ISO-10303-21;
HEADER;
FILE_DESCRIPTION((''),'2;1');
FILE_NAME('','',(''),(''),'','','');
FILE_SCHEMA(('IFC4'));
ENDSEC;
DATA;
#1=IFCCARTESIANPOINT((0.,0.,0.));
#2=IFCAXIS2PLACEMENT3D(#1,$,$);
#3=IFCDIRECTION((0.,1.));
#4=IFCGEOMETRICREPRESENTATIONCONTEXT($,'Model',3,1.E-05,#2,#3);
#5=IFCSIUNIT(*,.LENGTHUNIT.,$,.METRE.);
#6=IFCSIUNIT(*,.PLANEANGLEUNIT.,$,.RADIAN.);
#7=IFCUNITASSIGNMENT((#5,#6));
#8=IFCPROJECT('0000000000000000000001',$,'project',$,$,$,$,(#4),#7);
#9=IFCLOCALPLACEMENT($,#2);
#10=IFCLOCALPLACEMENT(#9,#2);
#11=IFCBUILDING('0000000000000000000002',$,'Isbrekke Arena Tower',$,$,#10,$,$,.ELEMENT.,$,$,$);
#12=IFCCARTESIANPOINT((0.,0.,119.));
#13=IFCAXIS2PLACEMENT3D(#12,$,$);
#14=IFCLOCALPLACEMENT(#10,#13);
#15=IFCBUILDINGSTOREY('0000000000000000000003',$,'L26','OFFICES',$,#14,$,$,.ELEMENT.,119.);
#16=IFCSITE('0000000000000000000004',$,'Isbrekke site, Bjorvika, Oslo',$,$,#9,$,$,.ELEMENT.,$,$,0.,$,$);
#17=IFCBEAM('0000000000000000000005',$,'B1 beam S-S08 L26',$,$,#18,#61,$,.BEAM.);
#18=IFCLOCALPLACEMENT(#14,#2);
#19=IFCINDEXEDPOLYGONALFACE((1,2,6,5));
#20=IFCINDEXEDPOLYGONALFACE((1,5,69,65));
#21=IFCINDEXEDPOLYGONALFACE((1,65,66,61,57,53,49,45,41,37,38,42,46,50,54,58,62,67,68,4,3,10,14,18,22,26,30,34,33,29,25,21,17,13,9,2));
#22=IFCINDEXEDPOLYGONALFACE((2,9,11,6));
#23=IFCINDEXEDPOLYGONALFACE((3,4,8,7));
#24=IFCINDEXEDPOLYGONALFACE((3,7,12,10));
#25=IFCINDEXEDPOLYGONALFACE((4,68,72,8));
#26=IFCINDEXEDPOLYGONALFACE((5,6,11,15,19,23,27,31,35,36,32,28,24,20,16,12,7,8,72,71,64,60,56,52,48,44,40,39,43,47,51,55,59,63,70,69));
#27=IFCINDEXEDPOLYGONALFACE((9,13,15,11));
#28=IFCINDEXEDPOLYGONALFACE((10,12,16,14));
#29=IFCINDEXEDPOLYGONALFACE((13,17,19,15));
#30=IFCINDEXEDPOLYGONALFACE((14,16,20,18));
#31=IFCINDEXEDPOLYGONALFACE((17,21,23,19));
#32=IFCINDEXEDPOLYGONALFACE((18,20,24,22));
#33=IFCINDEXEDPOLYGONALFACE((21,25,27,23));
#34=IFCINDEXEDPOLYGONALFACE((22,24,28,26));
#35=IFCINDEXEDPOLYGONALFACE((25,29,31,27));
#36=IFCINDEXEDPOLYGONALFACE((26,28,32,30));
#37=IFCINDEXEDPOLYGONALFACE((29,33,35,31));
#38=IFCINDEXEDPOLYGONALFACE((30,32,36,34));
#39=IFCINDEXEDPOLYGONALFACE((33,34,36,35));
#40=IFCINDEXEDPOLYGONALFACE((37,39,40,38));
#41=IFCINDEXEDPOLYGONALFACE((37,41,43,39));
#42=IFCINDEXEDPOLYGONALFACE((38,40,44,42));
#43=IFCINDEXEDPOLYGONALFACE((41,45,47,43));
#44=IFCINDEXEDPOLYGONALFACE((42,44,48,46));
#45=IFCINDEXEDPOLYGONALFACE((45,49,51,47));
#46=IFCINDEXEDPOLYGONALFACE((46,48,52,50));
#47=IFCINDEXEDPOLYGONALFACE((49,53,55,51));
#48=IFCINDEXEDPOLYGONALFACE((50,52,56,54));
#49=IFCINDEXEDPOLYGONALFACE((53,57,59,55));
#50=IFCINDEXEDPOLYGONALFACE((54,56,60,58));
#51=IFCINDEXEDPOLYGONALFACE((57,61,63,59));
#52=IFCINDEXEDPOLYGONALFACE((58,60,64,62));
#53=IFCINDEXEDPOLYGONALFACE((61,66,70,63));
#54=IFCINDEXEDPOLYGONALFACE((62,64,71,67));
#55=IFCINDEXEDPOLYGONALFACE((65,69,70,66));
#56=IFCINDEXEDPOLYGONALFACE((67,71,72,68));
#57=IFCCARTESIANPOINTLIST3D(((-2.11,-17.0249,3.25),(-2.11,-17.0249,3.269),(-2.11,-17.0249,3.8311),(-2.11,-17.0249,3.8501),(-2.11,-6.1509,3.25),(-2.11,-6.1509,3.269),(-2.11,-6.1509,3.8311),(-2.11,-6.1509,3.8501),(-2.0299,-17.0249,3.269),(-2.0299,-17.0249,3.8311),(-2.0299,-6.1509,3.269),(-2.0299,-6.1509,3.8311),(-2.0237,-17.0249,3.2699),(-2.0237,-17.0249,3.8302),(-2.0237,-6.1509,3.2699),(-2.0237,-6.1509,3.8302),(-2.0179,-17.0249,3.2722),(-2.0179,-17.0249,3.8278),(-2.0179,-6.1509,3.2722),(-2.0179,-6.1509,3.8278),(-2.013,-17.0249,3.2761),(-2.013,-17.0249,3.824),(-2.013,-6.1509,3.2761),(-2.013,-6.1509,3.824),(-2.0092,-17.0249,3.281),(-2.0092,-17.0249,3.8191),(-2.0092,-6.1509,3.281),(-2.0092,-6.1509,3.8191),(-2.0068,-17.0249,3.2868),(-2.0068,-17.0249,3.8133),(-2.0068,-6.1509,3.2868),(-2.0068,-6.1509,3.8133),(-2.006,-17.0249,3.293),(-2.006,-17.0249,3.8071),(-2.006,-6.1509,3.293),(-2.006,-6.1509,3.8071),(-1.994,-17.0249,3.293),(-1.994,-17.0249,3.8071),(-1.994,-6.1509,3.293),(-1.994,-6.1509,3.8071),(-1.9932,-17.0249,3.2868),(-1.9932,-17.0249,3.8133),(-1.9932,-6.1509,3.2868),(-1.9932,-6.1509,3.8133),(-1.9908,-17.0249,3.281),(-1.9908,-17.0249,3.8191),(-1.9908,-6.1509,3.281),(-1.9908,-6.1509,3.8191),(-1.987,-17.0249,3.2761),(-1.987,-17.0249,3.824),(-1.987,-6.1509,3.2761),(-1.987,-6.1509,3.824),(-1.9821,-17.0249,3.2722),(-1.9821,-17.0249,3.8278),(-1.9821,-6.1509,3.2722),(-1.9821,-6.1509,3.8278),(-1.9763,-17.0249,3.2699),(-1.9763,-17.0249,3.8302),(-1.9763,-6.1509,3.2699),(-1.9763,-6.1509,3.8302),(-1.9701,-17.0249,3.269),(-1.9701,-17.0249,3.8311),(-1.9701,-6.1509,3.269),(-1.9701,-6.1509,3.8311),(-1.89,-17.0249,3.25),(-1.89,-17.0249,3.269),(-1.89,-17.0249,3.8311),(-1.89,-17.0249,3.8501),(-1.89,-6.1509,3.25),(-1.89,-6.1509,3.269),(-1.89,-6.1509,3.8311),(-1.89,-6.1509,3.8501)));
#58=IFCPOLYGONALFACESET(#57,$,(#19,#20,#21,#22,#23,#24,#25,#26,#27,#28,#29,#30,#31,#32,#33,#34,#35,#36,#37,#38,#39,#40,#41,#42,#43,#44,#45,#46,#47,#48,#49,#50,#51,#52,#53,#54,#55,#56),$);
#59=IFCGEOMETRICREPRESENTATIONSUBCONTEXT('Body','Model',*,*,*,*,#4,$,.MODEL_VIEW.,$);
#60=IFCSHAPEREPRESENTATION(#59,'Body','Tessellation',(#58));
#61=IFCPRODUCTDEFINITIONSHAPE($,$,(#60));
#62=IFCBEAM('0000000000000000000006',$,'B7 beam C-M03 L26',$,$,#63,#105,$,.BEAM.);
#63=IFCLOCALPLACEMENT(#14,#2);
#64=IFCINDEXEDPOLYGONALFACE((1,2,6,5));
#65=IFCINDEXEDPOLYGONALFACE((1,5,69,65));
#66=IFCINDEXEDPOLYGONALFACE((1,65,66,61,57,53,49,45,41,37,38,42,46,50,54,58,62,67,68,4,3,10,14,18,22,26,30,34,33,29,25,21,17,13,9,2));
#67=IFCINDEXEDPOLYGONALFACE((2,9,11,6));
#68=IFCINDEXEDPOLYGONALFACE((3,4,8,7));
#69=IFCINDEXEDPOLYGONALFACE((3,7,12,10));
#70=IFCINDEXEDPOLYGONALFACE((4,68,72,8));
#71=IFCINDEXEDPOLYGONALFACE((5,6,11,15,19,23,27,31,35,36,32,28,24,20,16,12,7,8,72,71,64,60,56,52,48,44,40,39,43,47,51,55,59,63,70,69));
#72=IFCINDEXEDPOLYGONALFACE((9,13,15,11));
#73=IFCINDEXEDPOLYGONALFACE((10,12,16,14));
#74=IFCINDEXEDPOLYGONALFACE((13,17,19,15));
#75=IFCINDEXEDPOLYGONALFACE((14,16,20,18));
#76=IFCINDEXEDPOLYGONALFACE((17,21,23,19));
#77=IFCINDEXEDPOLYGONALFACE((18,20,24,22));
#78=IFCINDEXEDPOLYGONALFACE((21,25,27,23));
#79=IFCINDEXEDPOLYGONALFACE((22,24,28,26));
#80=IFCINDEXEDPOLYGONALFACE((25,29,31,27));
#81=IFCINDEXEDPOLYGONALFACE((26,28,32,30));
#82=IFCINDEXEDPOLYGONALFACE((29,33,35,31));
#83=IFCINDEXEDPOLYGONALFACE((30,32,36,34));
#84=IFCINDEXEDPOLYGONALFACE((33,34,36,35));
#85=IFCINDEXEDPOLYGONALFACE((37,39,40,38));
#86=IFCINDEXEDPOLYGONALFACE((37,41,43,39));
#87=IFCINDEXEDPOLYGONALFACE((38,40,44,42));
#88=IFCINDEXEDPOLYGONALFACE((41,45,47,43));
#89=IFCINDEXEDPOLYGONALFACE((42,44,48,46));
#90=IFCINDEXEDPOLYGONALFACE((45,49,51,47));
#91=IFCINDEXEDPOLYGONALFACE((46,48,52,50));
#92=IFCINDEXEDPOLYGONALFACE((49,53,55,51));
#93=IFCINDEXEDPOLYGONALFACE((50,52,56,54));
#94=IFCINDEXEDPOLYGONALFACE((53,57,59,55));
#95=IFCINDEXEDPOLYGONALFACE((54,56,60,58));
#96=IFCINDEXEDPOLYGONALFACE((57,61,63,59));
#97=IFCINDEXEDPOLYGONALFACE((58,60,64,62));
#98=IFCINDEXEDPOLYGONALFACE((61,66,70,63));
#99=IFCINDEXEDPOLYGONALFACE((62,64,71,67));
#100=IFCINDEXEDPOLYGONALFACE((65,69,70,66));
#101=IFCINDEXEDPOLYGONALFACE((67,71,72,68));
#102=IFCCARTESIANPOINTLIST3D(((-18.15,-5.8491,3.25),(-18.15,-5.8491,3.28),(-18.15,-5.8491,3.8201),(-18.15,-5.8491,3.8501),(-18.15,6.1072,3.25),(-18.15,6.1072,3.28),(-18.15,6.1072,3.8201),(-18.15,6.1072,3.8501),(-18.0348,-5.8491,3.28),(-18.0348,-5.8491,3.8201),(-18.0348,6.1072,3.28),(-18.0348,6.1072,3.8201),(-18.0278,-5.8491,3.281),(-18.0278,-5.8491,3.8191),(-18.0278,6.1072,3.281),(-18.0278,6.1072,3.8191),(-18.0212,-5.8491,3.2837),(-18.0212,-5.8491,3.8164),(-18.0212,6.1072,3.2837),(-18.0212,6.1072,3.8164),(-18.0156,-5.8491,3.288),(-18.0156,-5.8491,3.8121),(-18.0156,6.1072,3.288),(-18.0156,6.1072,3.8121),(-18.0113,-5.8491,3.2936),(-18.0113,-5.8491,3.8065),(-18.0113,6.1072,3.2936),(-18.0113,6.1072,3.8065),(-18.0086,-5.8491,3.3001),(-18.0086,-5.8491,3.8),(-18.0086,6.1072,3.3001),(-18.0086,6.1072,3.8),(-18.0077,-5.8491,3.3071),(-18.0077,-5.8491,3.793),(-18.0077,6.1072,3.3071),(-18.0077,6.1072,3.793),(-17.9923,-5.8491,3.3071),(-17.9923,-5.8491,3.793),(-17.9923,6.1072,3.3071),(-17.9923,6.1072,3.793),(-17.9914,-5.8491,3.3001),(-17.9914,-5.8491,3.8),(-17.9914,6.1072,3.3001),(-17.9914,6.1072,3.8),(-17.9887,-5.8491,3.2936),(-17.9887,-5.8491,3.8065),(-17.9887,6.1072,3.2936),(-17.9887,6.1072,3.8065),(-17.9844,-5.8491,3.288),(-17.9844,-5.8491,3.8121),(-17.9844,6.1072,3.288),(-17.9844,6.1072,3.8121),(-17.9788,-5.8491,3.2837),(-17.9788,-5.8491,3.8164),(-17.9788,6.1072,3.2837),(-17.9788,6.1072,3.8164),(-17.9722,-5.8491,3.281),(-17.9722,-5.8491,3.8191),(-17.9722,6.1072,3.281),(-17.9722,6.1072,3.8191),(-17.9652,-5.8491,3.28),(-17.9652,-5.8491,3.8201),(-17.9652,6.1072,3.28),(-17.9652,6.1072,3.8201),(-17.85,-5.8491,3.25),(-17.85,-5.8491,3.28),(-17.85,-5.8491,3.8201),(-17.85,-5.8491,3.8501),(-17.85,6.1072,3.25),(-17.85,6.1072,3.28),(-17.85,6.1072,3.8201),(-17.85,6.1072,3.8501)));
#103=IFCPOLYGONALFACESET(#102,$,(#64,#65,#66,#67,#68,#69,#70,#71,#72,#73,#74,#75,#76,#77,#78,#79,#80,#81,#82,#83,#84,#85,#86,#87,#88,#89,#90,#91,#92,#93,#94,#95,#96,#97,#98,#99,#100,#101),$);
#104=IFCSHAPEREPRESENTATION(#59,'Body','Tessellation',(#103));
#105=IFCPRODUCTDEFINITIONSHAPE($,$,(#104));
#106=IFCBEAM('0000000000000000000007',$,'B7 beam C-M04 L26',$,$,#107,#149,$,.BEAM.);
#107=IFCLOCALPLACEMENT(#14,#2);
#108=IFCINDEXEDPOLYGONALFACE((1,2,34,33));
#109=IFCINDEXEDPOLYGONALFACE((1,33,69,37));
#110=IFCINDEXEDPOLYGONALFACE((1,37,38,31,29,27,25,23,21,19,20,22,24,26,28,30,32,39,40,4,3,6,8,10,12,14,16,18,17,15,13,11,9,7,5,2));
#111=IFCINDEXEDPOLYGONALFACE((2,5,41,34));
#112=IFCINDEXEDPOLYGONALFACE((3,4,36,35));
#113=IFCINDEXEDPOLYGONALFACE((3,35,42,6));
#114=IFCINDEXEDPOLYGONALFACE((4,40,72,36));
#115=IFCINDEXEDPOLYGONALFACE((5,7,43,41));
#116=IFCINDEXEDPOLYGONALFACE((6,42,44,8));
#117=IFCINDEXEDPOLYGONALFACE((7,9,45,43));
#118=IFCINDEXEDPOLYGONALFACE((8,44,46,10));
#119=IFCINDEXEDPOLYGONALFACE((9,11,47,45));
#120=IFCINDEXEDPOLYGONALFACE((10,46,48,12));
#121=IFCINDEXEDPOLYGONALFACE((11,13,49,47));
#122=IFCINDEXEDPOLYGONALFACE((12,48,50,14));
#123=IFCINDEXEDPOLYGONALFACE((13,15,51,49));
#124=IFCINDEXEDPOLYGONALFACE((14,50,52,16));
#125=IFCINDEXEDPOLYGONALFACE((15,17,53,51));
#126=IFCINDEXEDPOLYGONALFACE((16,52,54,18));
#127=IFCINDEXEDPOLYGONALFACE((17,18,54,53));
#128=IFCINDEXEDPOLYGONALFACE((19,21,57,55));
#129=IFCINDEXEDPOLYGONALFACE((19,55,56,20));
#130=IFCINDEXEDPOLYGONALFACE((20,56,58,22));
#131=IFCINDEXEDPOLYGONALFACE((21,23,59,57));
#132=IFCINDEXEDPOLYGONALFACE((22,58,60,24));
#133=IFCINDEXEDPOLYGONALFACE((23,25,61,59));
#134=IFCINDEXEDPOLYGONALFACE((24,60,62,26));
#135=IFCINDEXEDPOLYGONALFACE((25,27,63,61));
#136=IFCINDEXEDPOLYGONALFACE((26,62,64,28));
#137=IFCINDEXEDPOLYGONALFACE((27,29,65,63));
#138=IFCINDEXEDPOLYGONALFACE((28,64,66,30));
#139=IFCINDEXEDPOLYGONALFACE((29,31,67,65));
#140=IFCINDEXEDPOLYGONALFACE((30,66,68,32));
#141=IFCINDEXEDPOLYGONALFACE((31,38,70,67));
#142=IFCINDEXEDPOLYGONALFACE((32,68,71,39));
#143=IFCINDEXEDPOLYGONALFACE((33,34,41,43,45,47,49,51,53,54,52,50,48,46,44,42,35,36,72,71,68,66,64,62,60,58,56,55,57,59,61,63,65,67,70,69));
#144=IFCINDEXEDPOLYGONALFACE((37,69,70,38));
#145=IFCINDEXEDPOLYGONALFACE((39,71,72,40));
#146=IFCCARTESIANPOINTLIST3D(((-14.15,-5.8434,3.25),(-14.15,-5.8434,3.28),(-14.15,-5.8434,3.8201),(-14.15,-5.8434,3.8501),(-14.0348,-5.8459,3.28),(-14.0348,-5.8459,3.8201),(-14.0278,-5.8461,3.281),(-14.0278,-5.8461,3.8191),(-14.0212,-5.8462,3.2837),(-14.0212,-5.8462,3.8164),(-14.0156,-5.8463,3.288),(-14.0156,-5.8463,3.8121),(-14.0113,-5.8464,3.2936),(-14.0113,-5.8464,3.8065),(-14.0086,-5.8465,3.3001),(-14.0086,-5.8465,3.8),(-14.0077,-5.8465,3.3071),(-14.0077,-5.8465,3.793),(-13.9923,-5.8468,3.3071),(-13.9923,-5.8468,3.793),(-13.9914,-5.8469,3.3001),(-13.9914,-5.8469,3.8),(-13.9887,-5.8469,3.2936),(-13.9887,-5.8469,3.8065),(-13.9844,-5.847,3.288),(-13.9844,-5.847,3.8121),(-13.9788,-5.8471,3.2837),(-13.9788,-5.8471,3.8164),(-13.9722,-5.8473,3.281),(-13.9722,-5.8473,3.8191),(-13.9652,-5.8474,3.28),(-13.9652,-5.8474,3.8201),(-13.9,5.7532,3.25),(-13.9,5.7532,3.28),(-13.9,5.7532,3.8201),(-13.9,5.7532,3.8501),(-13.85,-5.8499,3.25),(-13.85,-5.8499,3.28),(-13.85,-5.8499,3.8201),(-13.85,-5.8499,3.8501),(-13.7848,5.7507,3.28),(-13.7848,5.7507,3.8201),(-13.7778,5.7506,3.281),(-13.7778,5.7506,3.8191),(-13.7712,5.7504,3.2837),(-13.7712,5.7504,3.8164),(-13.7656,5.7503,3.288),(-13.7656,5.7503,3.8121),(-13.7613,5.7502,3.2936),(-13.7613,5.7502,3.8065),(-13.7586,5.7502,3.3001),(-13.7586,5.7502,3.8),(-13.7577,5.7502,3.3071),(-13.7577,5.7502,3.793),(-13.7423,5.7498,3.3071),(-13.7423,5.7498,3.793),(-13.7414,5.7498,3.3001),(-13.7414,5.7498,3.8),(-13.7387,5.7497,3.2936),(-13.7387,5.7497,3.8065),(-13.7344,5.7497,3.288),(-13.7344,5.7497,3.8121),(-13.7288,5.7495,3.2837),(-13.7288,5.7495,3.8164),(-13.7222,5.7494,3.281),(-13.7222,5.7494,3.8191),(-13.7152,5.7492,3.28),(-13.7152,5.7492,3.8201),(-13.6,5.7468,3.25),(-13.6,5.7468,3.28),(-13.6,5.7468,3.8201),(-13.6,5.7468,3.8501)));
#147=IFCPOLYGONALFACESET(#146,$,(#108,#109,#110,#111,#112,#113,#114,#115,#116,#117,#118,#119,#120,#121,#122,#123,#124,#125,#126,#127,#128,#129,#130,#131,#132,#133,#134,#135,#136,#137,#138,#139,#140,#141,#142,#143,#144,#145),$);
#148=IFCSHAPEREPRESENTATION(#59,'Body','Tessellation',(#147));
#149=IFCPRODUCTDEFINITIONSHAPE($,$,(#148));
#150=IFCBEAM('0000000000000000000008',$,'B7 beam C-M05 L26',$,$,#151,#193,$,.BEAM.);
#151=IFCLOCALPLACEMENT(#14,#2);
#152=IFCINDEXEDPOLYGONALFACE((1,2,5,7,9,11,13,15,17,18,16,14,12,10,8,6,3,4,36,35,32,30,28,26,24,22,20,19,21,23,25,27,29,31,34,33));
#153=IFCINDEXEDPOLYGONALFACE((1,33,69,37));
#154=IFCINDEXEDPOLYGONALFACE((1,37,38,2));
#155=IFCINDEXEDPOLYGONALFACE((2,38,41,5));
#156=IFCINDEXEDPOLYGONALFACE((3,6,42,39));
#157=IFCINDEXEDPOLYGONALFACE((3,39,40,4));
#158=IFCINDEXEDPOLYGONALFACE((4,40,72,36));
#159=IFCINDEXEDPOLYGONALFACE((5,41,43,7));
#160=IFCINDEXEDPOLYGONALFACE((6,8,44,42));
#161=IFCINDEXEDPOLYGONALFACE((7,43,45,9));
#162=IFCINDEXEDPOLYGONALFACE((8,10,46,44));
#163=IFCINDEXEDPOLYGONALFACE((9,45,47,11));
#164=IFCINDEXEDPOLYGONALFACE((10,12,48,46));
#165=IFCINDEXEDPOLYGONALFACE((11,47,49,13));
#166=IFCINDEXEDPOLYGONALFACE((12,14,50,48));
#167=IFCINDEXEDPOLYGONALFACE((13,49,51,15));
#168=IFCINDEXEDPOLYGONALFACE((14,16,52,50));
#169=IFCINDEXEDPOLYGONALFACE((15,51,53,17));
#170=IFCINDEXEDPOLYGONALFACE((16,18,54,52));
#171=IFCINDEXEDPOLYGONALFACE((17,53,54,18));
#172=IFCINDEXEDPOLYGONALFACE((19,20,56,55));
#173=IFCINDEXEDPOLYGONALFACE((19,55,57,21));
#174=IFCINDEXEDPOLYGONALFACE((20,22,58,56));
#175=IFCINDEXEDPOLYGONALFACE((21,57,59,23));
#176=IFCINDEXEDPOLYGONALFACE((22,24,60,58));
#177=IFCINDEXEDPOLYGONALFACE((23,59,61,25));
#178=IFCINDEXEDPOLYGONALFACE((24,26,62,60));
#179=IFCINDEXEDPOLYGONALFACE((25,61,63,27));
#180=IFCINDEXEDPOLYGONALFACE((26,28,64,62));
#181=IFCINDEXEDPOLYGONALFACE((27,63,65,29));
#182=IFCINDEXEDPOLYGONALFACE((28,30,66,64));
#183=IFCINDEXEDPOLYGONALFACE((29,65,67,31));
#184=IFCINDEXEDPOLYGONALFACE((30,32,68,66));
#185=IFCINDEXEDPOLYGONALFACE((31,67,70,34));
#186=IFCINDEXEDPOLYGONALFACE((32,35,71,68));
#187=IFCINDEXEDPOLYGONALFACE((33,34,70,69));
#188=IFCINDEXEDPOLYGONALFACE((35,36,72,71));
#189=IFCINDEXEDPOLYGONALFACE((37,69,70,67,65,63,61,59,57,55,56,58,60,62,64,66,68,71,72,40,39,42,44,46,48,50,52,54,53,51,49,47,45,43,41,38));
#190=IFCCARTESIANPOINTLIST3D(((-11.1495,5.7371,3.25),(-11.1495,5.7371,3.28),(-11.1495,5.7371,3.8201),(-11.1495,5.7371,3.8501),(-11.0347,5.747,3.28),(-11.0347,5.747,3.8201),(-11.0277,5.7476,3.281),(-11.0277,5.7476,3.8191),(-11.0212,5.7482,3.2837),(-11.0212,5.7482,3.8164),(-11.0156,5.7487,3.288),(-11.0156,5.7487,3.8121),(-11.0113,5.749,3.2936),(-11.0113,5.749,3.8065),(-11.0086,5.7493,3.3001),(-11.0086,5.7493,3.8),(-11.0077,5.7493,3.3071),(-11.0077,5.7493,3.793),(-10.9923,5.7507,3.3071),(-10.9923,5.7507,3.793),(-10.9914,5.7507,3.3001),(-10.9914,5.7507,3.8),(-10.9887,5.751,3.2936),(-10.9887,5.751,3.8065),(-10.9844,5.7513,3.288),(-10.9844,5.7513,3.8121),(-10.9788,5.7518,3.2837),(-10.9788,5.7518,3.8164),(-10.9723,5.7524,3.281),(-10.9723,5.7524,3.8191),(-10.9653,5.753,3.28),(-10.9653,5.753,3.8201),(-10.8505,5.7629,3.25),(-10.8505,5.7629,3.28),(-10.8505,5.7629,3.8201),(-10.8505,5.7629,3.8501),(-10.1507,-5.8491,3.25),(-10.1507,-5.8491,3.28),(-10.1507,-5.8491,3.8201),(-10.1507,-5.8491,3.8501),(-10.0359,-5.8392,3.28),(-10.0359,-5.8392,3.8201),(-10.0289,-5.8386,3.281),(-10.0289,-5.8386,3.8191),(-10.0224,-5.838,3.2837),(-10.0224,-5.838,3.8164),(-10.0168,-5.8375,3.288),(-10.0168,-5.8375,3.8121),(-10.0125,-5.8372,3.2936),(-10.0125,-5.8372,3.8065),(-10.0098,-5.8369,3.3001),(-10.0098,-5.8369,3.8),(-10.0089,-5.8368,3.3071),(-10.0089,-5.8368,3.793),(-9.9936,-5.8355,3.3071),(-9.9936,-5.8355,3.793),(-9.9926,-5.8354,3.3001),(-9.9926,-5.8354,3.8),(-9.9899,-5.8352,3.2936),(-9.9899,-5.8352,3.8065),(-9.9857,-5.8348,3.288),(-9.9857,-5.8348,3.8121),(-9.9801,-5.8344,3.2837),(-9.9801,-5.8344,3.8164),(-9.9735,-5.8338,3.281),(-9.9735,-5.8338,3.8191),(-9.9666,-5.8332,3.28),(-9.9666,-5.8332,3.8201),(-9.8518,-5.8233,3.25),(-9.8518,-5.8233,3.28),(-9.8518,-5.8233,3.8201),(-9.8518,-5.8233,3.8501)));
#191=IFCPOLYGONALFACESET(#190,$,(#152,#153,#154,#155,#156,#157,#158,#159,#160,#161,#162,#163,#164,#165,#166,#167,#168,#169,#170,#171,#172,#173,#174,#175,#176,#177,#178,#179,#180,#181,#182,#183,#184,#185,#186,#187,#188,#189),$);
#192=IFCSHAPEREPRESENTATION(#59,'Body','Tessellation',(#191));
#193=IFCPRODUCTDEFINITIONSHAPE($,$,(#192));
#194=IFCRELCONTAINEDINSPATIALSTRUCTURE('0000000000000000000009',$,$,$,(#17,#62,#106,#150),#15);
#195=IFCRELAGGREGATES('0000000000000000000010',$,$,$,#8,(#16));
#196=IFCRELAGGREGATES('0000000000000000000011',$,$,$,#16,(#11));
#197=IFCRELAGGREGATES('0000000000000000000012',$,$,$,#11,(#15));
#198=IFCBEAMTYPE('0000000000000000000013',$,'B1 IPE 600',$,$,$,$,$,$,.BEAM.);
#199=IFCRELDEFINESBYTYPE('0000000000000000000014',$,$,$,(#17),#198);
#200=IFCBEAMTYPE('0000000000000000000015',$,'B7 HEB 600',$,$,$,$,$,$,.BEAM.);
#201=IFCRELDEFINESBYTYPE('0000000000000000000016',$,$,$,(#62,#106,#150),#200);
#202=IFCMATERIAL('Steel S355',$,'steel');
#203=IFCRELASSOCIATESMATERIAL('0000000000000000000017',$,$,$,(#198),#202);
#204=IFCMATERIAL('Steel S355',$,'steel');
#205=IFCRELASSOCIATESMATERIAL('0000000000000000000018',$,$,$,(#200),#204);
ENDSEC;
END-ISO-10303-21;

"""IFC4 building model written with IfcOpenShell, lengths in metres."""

from ifc_helpers import new_model, si_unit, direction, frame, origin, origin_2d, place, context, subcontext, project, spatial, i_section, extrude, material, material_profile, profile_set, type_object, element, save


model = new_model("IFC4")

# Units and contexts
model_context = context("Model", 3, precision=1e-05, world=origin(), true_north=direction((0.0, 1.0)))
body_context = subcontext(model_context, "Body", "Model", "MODEL_VIEW")
ifc_project = project(units=[si_unit("LENGTHUNIT", "METRE"), si_unit("PLANEANGLEUNIT", "RADIAN")], contexts=[model_context])

# Site, building, storey
site_placement = place(None, origin())
site = spatial("IfcSite", under=ifc_project, at=site_placement, Name="Isbrekke site, Bjorvika, Oslo", CompositionType="ELEMENT", RefElevation=0.0)
building_placement = place(site_placement, origin())
building = spatial("IfcBuilding", under=site, at=building_placement, Name="Isbrekke Arena Tower", CompositionType="ELEMENT")
storey_placement = place(building_placement, frame((0.0, 0.0, 119.0)))
storey = spatial("IfcBuildingStorey", under=building, at=storey_placement, Name="L26", Description="OFFICES", CompositionType="ELEMENT", Elevation=119.0)

# Beams
ifc_material_1 = material(Name="Steel S355", Category="steel")
ifc_material_profile_1 = material_profile(ifc_material_1, i_section(OverallWidth=0.22, OverallDepth=0.6001, WebThickness=0.012, FlangeThickness=0.019, FilletRadius=0.0239, at=origin_2d()), Name="IPE 600")
ifc_profile_set_1 = profile_set([ifc_material_profile_1], Name="Steel S355")
beam_type_1 = type_object("IfcBeamType", Name="B1 IPE 600", PredefinedType="BEAM", material=ifc_profile_set_1)
for number, where, z_axis, x_axis, name in (
    (1, (-2.0, -17.0249, 3.55), (0.0, 1.0, 0.0), (-1.0, 0.0, 0.0), "B1 beam S-S08 L26"),
):
    element("IfcBeam", number, at=place(storey_placement, frame(where, z_axis=z_axis, x_axis=x_axis)), inside=storey, type_object=beam_type_1, Name=name, PredefinedType="BEAM", context=body_context, shape_type="SweptSolid", body=[
        extrude(i_section(OverallWidth=0.22, OverallDepth=0.6001, WebThickness=0.012, FlangeThickness=0.019, FilletRadius=0.0239, at=origin_2d()), origin(), (0.0, 0.0, 1.0), 10.874),
    ])
ifc_material_2 = material(Name="Steel S355", Category="steel")
ifc_material_profile_2 = material_profile(ifc_material_2, i_section(OverallWidth=0.3, OverallDepth=0.6001, WebThickness=0.0154, FlangeThickness=0.03, FilletRadius=0.0271, at=origin_2d()), Name="HEB 600")
ifc_profile_set_2 = profile_set([ifc_material_profile_2], Name="Steel S355")
beam_type_2 = type_object("IfcBeamType", Name="B7 HEB 600", PredefinedType="BEAM", material=ifc_profile_set_2)
beam_1_placement = place(storey_placement, frame((-18.0, -5.8491, 3.55), z_axis=(0.0, 1.0, 0.0), x_axis=(-1.0, 0.0, 0.0)))
element("IfcBeam", 2, at=beam_1_placement, inside=storey, type_object=beam_type_2, Name="B7 beam C-M03 L26", PredefinedType="BEAM", context=body_context, shape_type="SweptSolid", body=[
    extrude(i_section(OverallWidth=0.3, OverallDepth=0.6001, WebThickness=0.0154, FlangeThickness=0.03, FilletRadius=0.0271, at=origin_2d()), origin(), (0.0, 0.0, 1.0), 11.9563),
])
beam_2_placement = place(storey_placement, frame((-14.0, -5.8467, 3.55), z_axis=(0.021553, 0.999768, 0.0), x_axis=(-0.999768, 0.021553, 0.0)))
element("IfcBeam", 3, at=beam_2_placement, inside=storey, type_object=beam_type_2, Name="B7 beam C-M04 L26", PredefinedType="BEAM", context=body_context, shape_type="SweptSolid", body=[
    extrude(i_section(OverallWidth=0.3, OverallDepth=0.6001, WebThickness=0.0154, FlangeThickness=0.03, FilletRadius=0.0271, at=origin_2d()), origin(), (0.0, 0.0, 1.0), 11.5994),
])
beam_3_placement = place(storey_placement, frame((-10.0012, -5.8362, 3.55), z_axis=(-0.085886, 0.996305, 0.0), x_axis=(-0.996305, -0.085886, 0.0)))
element("IfcBeam", 4, at=beam_3_placement, inside=storey, type_object=beam_type_2, Name="B7 beam C-M05 L26", PredefinedType="BEAM", context=body_context, shape_type="SweptSolid", body=[
    extrude(i_section(OverallWidth=0.3, OverallDepth=0.6001, WebThickness=0.0154, FlangeThickness=0.03, FilletRadius=0.0271, at=origin_2d()), origin(), (0.0, 0.0, 1.0), 11.6292),
])

save(model, "model.ifc")
